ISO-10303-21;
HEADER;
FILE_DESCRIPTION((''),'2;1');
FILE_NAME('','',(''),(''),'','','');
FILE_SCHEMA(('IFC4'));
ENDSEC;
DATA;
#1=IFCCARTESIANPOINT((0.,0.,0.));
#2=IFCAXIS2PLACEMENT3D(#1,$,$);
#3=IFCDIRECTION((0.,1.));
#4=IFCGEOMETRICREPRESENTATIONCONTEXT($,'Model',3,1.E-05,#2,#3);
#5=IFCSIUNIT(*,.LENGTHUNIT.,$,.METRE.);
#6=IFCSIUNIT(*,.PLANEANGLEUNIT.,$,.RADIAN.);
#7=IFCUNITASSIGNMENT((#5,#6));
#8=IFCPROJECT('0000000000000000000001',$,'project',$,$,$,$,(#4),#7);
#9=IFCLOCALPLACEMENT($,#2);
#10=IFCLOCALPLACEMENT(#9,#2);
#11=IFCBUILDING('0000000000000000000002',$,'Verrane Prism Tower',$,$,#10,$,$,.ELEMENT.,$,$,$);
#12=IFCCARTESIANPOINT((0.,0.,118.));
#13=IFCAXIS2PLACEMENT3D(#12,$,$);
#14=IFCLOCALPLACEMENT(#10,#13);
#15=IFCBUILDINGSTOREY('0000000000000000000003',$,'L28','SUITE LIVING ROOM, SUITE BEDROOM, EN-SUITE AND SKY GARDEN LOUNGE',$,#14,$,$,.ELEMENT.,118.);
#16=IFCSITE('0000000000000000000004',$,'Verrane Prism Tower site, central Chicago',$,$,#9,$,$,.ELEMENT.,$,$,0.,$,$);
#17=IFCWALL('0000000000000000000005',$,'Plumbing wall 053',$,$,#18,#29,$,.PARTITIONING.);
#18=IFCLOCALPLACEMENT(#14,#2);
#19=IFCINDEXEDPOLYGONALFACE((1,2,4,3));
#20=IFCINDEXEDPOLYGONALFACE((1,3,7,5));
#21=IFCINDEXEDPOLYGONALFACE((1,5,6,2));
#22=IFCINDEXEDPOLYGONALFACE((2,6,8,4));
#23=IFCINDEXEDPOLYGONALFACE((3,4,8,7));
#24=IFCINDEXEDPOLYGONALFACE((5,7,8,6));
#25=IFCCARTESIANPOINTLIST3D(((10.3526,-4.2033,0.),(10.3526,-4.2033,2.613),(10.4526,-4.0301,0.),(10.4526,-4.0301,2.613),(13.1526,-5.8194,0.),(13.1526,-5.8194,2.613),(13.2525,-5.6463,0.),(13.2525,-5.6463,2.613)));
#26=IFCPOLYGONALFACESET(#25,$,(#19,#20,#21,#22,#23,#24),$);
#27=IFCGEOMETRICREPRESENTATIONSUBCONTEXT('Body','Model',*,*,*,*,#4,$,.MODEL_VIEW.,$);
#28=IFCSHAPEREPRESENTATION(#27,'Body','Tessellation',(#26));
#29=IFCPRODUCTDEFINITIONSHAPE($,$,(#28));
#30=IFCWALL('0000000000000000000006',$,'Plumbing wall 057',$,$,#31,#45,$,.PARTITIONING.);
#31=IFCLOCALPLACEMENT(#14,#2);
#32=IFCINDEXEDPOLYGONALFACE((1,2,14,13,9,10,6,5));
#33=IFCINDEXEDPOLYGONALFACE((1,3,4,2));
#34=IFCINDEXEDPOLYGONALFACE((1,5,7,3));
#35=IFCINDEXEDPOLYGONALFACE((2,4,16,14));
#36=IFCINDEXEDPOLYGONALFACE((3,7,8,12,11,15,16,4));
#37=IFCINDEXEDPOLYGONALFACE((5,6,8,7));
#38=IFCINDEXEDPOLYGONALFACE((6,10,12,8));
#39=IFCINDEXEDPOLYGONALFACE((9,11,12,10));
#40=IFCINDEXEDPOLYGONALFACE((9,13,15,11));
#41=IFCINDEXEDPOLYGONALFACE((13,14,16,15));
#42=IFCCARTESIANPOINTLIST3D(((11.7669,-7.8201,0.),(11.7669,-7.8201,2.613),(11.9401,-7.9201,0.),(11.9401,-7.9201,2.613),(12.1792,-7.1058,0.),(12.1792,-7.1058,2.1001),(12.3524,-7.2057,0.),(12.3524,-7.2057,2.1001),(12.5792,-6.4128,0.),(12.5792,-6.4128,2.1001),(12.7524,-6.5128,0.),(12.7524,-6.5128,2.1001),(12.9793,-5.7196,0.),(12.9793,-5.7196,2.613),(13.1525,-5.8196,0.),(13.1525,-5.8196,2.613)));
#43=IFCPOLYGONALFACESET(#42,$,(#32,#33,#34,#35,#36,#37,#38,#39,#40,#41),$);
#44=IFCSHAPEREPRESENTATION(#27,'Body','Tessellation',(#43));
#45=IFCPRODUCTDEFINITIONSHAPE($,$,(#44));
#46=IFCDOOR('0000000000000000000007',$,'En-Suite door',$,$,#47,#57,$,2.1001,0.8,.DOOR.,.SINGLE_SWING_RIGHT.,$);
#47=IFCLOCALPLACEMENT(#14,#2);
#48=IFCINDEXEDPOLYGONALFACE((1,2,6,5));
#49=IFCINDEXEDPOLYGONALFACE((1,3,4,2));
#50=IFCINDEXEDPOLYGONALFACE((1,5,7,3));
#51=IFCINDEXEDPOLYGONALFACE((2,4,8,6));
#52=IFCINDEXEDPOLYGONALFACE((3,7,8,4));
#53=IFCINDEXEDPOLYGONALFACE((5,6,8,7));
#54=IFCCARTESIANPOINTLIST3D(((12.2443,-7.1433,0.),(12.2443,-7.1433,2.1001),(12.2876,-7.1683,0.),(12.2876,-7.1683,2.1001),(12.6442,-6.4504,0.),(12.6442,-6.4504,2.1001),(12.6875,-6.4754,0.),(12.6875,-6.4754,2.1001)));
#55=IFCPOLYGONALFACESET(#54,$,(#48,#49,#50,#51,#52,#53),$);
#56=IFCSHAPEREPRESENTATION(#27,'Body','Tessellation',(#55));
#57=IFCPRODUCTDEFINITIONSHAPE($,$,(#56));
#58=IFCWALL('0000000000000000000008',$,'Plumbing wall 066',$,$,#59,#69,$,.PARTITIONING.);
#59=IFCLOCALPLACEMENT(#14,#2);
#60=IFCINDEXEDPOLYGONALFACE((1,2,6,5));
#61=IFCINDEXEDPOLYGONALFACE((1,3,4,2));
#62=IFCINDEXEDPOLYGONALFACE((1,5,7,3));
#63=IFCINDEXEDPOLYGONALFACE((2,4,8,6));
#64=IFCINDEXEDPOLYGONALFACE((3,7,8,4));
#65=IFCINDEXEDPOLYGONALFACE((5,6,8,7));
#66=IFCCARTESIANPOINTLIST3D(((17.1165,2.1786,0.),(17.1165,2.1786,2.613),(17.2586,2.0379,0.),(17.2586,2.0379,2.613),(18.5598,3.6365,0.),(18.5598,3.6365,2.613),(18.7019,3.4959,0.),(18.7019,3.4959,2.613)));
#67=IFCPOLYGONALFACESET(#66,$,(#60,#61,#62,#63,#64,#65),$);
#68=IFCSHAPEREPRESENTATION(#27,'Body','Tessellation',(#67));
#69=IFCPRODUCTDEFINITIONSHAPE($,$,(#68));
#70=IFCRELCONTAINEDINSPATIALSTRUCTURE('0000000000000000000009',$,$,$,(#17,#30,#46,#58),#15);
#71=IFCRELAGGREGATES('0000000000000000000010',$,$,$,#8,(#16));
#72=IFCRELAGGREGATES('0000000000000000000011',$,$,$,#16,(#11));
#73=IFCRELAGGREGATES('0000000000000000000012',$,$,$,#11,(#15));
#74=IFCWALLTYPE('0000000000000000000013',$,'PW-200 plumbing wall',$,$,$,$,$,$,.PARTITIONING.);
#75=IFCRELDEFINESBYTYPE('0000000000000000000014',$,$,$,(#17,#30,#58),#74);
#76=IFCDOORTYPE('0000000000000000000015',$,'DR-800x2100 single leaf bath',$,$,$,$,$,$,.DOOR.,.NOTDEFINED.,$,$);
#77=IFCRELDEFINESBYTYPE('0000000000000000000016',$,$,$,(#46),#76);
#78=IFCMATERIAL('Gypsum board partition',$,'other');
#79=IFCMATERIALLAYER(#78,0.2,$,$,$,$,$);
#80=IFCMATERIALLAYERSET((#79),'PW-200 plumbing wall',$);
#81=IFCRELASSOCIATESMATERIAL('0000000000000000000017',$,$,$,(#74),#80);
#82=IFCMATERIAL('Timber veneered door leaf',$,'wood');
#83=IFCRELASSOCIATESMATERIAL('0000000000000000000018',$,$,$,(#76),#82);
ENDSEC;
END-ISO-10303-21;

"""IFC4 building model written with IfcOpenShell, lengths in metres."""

from ifc_helpers import new_model, si_unit, direction, frame, frame_2d, origin, place, context, subcontext, project, spatial, rectangle, extrude, material, layer, layer_set, type_object, element, fill, save


model = new_model("IFC4")

# Units and contexts
model_context = context("Model", 3, precision=1e-05, world=origin(), true_north=direction((0.0, 1.0)))
body_context = subcontext(model_context, "Body", "Model", "MODEL_VIEW")
ifc_project = project(units=[si_unit("LENGTHUNIT", "METRE"), si_unit("PLANEANGLEUNIT", "RADIAN")], contexts=[model_context])

# Site, building, storey
site_placement = place(None, origin())
site = spatial("IfcSite", under=ifc_project, at=site_placement, Name="Verrane Prism Tower site, central Chicago", CompositionType="ELEMENT", RefElevation=0.0)
building_placement = place(site_placement, origin())
building = spatial("IfcBuilding", under=site, at=building_placement, Name="Verrane Prism Tower", CompositionType="ELEMENT")
storey_placement = place(building_placement, frame((0.0, 0.0, 118.0)))
storey = spatial("IfcBuildingStorey", under=building, at=storey_placement, Name="L28", Description="SUITE LIVING ROOM, SUITE BEDROOM, EN-SUITE AND SKY GARDEN LOUNGE", CompositionType="ELEMENT", Elevation=118.0)

# Wall
ifc_material_1 = material(Name="Gypsum board partition", Category="other")
ifc_layer_1 = layer(ifc_material_1, 0.2)
ifc_layer_set_1 = layer_set([ifc_layer_1], Name="PW-200 plumbing wall")
wall_type_1 = type_object("IfcWallType", Name="PW-200 plumbing wall", PredefinedType="PARTITIONING", material=ifc_layer_set_1)
wall_1_placement = place(storey_placement, frame((10.4026, -4.1167, 0.0), z_axis=(0.0, 0.0, 1.0), x_axis=(0.866079, -0.499908, 0.0)))
element("IfcWall", 1, at=wall_1_placement, inside=storey, type_object=wall_type_1, Name="Plumbing wall 053", PredefinedType="PARTITIONING", context=body_context, shape_type="SweptSolid", body=[
    extrude(rectangle(XDim=3.2329, YDim=0.2, at=frame_2d((1.6165, 0.0))), origin(), (0.0, 0.0, 1.0), 2.613),
])

# Wall, opening, door
wall_2_placement = place(storey_placement, frame((11.8535, -7.8701, 0.0), z_axis=(0.0, 0.0, 1.0), x_axis=(0.499885, 0.866092, 0.0)))
wall_2 = element("IfcWall", 2, at=wall_2_placement, inside=storey, type_object=wall_type_1, Name="Plumbing wall 057", PredefinedType="PARTITIONING", context=body_context, shape_type="SweptSolid", body=[
    extrude(rectangle(XDim=2.4253, YDim=0.2, at=frame_2d((1.2126, 0.0))), origin(), (0.0, 0.0, 1.0), 2.613),
])
opening_1_placement = place(wall_2_placement, frame((0.825, 0.0, 0.0)))
opening_1 = element("IfcOpeningElement", 3, at=opening_1_placement, cuts=wall_2, PredefinedType="OPENING", context=body_context, shape_type="SweptSolid", body=[
    extrude(rectangle(XDim=0.8, YDim=2.1001, at=frame_2d((0.3999, 1.05))), frame((0.0, 0.1099, 0.0), z_axis=(0.0, -1.0, 0.0), x_axis=(1.0, 0.0, 0.0)), (0.0, 0.0, 1.0), 0.22),
])
ifc_material_2 = material(Name="Timber veneered door leaf", Category="wood")
door_type_1 = type_object("IfcDoorType", Name="DR-800x2100 single leaf bath", OperationType="NOTDEFINED", PredefinedType="DOOR", material=ifc_material_2)
door_1_placement = place(opening_1_placement, origin())
door_1 = element("IfcDoor", 4, at=door_1_placement, inside=storey, type_object=door_type_1, Name="En-Suite door", OperationType="SINGLE_SWING_RIGHT", OverallHeight=2.1001, OverallWidth=0.8, PredefinedType="DOOR", context=body_context, shape_type="SweptSolid", body=[
    extrude(rectangle(XDim=0.8, YDim=2.1001, at=frame_2d((0.3999, 1.05))), frame((0.0, 0.0249, 0.0), z_axis=(0.0, -1.0, 0.0), x_axis=(1.0, 0.0, 0.0)), (0.0, 0.0, 1.0), 0.05),
])
fill(opening_1, door_1)

# Wall
wall_3_placement = place(storey_placement, frame((17.1875, 2.1082, 0.0), z_axis=(0.0, 0.0, 1.0), x_axis=(0.703528, 0.710668, 0.0)))
element("IfcWall", 5, at=wall_3_placement, inside=storey, type_object=wall_type_1, Name="Plumbing wall 066", PredefinedType="PARTITIONING", context=body_context, shape_type="SweptSolid", body=[
    extrude(rectangle(XDim=2.0515, YDim=0.2, at=frame_2d((1.0259, 0.0))), origin(), (0.0, 0.0, 1.0), 2.613),
])

save(model, "model.ifc")
